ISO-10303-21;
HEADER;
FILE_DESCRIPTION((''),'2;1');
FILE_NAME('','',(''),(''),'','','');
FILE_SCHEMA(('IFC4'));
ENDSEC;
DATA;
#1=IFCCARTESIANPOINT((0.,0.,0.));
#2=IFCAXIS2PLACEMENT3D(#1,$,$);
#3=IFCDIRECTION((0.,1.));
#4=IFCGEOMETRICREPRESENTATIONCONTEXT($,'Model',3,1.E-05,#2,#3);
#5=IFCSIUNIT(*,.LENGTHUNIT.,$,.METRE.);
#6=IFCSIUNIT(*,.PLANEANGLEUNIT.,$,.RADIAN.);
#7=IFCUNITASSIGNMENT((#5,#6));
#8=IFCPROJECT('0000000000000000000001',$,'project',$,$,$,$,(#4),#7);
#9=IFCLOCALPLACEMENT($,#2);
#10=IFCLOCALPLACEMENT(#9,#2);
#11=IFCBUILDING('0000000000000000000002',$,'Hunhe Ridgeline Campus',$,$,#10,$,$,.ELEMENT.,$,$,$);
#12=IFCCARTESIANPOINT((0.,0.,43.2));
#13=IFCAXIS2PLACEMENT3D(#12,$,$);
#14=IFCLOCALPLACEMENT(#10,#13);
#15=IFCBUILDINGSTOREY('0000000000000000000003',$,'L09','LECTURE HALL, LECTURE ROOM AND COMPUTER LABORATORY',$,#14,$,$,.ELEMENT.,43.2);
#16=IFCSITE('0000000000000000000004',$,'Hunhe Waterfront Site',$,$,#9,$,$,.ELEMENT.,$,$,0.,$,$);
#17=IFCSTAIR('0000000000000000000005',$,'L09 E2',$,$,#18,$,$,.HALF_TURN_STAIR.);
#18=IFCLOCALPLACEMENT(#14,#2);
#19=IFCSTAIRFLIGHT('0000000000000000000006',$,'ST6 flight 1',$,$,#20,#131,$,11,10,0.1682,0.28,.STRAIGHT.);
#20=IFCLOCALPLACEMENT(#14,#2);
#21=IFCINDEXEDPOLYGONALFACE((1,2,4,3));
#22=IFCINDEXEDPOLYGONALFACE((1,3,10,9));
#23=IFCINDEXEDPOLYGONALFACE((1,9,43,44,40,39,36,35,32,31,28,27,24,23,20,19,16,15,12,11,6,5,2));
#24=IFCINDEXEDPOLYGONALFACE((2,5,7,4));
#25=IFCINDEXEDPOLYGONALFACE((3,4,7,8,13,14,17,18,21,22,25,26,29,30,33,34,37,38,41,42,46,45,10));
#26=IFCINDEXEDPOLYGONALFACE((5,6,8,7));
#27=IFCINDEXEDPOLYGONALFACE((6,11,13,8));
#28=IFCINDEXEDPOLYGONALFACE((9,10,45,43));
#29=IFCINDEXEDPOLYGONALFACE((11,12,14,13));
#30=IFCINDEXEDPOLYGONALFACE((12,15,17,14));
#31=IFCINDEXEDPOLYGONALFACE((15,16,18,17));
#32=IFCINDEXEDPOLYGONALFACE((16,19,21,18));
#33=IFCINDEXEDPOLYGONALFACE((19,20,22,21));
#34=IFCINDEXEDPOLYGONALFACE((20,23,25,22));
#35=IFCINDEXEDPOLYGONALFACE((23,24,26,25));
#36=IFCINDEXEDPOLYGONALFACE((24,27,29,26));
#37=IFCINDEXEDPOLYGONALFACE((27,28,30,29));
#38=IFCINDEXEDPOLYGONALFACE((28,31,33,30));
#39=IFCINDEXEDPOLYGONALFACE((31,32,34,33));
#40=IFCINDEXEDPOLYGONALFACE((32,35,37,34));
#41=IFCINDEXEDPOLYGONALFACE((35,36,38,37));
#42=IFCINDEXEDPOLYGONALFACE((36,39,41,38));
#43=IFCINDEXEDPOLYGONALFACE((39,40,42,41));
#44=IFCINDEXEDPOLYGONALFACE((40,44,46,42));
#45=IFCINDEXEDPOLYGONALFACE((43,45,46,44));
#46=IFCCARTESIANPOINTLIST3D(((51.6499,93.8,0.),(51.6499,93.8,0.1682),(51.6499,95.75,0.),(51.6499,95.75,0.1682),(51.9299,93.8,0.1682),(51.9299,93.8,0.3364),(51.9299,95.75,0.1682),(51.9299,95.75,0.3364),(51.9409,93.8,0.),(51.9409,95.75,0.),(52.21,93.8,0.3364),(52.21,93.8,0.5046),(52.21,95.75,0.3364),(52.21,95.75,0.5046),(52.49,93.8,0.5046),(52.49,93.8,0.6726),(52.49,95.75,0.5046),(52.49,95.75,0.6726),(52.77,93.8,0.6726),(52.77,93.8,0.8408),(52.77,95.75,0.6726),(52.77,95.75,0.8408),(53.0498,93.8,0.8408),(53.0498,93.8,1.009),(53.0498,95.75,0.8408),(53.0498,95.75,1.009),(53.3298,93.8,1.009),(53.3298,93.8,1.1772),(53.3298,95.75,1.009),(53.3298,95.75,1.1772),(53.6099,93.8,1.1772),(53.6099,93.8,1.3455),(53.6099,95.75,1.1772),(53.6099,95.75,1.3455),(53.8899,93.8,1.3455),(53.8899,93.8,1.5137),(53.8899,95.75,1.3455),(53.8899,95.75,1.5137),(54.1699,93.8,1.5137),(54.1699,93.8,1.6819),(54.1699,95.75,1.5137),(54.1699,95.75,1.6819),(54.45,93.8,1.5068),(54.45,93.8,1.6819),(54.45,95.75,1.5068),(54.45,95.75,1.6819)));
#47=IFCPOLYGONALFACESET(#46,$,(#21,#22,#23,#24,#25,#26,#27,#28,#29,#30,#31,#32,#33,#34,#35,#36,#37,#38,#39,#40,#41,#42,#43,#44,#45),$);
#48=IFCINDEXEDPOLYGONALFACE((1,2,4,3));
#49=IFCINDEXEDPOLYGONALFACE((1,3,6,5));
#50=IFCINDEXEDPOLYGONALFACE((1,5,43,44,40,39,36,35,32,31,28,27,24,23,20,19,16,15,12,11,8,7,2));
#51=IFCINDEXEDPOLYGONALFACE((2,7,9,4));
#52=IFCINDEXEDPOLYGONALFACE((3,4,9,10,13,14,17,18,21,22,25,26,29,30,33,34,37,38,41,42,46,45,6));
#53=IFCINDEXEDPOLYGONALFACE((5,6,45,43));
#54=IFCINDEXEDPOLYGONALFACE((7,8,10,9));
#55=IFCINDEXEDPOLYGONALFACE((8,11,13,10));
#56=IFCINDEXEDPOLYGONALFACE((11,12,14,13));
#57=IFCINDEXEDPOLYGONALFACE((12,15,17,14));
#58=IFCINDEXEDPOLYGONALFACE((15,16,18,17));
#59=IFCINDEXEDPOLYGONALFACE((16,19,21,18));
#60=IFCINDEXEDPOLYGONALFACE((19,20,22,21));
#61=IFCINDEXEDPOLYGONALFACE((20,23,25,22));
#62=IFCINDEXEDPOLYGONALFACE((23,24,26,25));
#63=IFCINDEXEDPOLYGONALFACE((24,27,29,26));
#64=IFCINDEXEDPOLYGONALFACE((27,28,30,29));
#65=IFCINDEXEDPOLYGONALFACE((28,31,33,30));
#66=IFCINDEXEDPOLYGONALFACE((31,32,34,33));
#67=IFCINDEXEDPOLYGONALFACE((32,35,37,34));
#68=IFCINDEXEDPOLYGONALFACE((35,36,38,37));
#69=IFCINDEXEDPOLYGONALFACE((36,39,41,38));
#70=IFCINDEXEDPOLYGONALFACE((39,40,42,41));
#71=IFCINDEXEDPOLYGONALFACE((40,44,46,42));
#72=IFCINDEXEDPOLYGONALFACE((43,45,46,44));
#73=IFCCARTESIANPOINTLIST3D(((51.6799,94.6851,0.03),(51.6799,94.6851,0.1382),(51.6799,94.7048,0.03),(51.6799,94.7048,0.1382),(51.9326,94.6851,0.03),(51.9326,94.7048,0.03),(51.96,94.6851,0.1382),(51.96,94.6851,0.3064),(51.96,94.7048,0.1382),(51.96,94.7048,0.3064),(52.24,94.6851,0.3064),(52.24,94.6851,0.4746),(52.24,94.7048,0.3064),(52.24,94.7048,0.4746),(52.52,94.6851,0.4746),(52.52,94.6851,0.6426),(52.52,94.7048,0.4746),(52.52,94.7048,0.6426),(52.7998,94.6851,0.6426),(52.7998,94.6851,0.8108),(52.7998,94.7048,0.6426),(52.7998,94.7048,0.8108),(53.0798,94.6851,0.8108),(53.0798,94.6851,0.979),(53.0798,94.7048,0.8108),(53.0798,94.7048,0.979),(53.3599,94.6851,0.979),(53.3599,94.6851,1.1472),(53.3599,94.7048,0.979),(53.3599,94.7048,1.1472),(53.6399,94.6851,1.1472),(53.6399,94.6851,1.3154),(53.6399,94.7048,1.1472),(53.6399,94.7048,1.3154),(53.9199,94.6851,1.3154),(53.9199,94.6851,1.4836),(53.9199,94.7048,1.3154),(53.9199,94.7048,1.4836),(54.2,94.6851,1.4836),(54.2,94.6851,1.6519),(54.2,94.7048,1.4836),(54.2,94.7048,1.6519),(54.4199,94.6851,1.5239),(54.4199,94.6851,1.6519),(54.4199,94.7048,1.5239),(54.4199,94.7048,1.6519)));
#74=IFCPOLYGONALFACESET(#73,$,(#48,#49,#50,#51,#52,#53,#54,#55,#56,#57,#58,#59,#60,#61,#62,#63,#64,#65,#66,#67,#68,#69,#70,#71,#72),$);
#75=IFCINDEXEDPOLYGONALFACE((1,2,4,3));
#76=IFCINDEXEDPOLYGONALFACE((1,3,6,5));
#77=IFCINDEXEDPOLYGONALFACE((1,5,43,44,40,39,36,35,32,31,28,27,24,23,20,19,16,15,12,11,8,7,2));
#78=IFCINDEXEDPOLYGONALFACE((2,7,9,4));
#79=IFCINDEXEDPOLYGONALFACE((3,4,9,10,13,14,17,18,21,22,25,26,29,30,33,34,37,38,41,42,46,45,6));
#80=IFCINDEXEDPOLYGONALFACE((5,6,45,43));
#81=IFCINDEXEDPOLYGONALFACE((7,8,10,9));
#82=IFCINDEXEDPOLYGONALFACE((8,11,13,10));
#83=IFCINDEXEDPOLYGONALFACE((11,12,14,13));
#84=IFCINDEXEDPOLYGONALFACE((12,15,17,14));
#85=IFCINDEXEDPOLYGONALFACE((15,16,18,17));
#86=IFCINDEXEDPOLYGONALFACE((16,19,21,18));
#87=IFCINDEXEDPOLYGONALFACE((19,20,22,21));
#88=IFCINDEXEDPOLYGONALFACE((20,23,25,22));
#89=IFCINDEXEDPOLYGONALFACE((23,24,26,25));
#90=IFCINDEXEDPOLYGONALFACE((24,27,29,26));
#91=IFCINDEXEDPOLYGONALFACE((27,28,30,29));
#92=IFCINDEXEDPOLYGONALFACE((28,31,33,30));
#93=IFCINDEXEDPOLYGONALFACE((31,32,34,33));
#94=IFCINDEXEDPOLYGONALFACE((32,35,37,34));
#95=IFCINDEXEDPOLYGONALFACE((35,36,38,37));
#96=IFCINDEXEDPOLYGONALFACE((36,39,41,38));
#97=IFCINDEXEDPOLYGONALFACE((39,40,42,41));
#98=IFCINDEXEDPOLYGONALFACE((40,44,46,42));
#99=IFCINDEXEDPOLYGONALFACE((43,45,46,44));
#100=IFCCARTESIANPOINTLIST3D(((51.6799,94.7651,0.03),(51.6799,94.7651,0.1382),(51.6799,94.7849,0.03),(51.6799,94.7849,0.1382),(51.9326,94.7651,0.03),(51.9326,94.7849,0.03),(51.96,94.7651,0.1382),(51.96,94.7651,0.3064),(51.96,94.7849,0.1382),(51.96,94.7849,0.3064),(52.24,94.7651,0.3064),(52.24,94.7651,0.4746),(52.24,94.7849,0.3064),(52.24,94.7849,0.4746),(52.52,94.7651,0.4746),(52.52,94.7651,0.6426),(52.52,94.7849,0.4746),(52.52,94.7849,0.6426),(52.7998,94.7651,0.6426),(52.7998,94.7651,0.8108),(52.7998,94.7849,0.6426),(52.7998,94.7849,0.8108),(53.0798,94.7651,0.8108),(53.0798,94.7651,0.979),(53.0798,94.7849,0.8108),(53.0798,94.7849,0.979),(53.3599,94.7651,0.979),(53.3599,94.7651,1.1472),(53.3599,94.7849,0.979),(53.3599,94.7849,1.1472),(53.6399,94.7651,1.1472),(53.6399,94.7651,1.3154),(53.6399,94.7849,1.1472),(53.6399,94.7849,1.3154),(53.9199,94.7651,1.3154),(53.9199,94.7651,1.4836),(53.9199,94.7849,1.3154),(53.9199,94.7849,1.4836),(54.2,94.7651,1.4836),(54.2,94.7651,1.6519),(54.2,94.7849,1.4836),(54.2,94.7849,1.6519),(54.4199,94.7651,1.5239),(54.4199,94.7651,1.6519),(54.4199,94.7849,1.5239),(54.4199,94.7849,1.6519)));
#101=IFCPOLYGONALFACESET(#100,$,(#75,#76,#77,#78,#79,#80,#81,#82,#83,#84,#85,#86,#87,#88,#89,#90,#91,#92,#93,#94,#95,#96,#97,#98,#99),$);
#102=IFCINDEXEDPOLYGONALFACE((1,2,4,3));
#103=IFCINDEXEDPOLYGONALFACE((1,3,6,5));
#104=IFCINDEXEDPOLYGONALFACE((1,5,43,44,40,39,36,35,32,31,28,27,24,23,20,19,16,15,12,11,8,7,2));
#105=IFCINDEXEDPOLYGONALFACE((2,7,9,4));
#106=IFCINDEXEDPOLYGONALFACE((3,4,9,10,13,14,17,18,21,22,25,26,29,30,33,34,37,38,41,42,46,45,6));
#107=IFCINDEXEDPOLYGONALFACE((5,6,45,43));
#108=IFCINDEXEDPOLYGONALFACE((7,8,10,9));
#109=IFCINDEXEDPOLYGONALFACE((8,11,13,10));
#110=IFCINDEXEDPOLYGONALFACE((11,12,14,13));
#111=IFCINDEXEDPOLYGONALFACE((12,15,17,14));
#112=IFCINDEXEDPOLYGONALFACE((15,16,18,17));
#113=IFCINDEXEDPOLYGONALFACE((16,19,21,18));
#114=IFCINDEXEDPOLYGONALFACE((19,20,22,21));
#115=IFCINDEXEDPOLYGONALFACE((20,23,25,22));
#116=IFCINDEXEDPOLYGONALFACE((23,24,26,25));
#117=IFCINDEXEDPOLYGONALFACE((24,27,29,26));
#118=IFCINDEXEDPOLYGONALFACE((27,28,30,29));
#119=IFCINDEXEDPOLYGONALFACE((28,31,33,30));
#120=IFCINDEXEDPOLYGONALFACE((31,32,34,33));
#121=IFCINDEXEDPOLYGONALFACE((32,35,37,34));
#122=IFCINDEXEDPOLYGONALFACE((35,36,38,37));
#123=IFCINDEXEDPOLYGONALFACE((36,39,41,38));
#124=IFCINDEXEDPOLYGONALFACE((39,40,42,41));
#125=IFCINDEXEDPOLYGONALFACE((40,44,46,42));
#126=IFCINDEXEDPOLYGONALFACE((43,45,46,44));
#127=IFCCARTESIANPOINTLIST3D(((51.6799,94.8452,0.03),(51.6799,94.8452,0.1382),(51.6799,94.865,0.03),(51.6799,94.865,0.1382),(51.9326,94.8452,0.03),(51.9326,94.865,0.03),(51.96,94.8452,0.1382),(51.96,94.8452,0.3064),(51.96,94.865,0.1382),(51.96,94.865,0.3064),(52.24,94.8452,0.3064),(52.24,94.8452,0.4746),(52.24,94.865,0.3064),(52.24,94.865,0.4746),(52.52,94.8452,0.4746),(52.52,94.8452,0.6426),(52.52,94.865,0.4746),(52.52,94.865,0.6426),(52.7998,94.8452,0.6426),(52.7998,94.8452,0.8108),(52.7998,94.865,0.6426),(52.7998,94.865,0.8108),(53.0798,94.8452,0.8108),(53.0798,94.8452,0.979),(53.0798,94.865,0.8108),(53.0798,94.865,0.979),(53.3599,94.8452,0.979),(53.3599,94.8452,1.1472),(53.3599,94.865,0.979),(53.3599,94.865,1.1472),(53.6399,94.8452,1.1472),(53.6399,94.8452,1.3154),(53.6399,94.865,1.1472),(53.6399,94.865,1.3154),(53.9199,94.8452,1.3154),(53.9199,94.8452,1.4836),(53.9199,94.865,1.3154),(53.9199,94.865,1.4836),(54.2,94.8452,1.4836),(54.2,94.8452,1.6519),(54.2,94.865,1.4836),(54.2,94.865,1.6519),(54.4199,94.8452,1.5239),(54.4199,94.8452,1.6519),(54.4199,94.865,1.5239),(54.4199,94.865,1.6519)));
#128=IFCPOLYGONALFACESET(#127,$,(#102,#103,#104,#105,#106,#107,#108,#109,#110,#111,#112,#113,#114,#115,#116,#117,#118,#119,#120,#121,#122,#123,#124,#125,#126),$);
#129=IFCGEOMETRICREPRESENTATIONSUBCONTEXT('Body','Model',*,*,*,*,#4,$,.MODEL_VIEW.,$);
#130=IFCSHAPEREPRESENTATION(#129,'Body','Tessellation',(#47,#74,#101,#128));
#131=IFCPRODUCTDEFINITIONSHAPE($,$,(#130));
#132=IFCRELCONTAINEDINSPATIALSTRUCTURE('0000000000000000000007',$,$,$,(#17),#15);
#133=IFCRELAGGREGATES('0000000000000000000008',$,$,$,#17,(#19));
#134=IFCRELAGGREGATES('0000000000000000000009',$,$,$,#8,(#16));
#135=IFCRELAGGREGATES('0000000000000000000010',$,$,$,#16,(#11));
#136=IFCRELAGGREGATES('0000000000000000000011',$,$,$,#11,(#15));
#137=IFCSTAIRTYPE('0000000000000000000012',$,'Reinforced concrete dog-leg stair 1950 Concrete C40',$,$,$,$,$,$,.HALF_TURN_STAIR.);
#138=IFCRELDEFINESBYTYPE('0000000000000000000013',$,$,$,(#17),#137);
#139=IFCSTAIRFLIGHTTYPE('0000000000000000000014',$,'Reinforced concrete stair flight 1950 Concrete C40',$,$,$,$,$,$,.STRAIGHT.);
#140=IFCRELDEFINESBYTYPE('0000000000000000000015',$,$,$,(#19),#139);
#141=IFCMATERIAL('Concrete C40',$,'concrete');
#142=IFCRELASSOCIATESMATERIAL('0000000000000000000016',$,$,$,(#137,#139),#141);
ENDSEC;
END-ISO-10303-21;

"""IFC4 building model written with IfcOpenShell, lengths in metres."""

from ifc_helpers import new_model, si_unit, direction, frame, origin, place, context, subcontext, project, spatial, polyline, outline, extrude, material, type_object, element, aggregate, save


model = new_model("IFC4")

# Units and contexts
model_context = context("Model", 3, precision=1e-05, world=origin(), true_north=direction((0.0, 1.0)))
body_context = subcontext(model_context, "Body", "Model", "MODEL_VIEW")
ifc_project = project(units=[si_unit("LENGTHUNIT", "METRE"), si_unit("PLANEANGLEUNIT", "RADIAN")], contexts=[model_context])

# Site, building, storey
site_placement = place(None, origin())
site = spatial("IfcSite", under=ifc_project, at=site_placement, Name="Hunhe Waterfront Site", CompositionType="ELEMENT", RefElevation=0.0)
building_placement = place(site_placement, origin())
building = spatial("IfcBuilding", under=site, at=building_placement, Name="Hunhe Ridgeline Campus", CompositionType="ELEMENT")
storey_placement = place(building_placement, frame((0.0, 0.0, 43.2)))
storey = spatial("IfcBuildingStorey", under=building, at=storey_placement, Name="L09", Description="LECTURE HALL, LECTURE ROOM AND COMPUTER LABORATORY", CompositionType="ELEMENT", Elevation=43.2)

# Stair, stair flight
ifc_material_1 = material(Name="Concrete C40", Category="concrete")
stair_type = type_object("IfcStairType", Name="Reinforced concrete dog-leg stair 1950 Concrete C40", PredefinedType="HALF_TURN_STAIR", material=ifc_material_1)
stair_flight_type = type_object("IfcStairFlightType", Name="Reinforced concrete stair flight 1950 Concrete C40", PredefinedType="STRAIGHT", material=ifc_material_1)
stair_1_placement = place(storey_placement, origin())
stair_1 = element("IfcStair", 1, at=stair_1_placement, inside=storey, type_object=stair_type, Name="L09 E2", PredefinedType="HALF_TURN_STAIR")
stair_flight_1_placement = place(storey_placement, frame((51.6499, 94.7749, 0.0), z_axis=(0.0, 0.0, 1.0), x_axis=(1.0, 0.0, 0.0)))
stair_flight_1 = element("IfcStairFlight", 2, at=stair_flight_1_placement, type_object=stair_flight_type, Name="ST6 flight 1", NumberOfRisers=11, NumberOfTreads=10, PredefinedType="STRAIGHT", RiserHeight=0.1682, TreadLength=0.28, context=body_context, shape_type="SweptSolid", body=[
    extrude(outline(polyline([(0.0, 0.0), (0.0, 0.1682), (0.28, 0.1682), (0.28, 0.3364), (0.5601, 0.3364), (0.5601, 0.5046), (0.8401, 0.5046), (0.8401, 0.6726), (1.1201, 0.6726), (1.1201, 0.8408), (1.3999, 0.8408), (1.3999, 1.009), (1.6799, 1.009), (1.6799, 1.1772), (1.96, 1.1772), (1.96, 1.3455), (2.24, 1.3455), (2.24, 1.5137), (2.52, 1.5137), (2.52, 1.6819), (2.8, 1.6819), (2.8, 1.8501), (2.8, 1.5068), (0.291, 0.0), (0.0, 0.0)])), frame((0.0, 0.9751, 0.0), z_axis=(0.0, -1.0, 0.0), x_axis=(1.0, 0.0, 0.0)), (0.0, 0.0, 1.0), 1.95),
    extrude(outline(polyline([(0.03, 0.03), (0.03, 0.1382), (0.3101, 0.1382), (0.3101, 0.3064), (0.5901, 0.3064), (0.5901, 0.4746), (0.8701, 0.4746), (0.8701, 0.6426), (1.1499, 0.6426), (1.1499, 0.8108), (1.4299, 0.8108), (1.4299, 0.979), (1.71, 0.979), (1.71, 1.1472), (1.99, 1.1472), (1.99, 1.3154), (2.27, 1.3154), (2.27, 1.4836), (2.55, 1.4836), (2.55, 1.6519), (2.77, 1.6519), (2.77, 1.5239), (0.2827, 0.03), (0.03, 0.03)])), frame((0.0, -0.0701, 0.0), z_axis=(0.0, -1.0, 0.0), x_axis=(1.0, 0.0, 0.0)), (0.0, 0.0, 1.0), 0.0198),
    extrude(outline(polyline([(0.03, 0.03), (0.03, 0.1382), (0.3101, 0.1382), (0.3101, 0.3064), (0.5901, 0.3064), (0.5901, 0.4746), (0.8701, 0.4746), (0.8701, 0.6426), (1.1499, 0.6426), (1.1499, 0.8108), (1.4299, 0.8108), (1.4299, 0.979), (1.71, 0.979), (1.71, 1.1472), (1.99, 1.1472), (1.99, 1.3154), (2.27, 1.3154), (2.27, 1.4836), (2.55, 1.4836), (2.55, 1.6519), (2.77, 1.6519), (2.77, 1.5239), (0.2827, 0.03), (0.03, 0.03)])), frame((0.0, 0.01, 0.0), z_axis=(0.0, -1.0, 0.0), x_axis=(1.0, 0.0, 0.0)), (0.0, 0.0, 1.0), 0.0198),
    extrude(outline(polyline([(0.03, 0.03), (0.03, 0.1382), (0.3101, 0.1382), (0.3101, 0.3064), (0.5901, 0.3064), (0.5901, 0.4746), (0.8701, 0.4746), (0.8701, 0.6426), (1.1499, 0.6426), (1.1499, 0.8108), (1.4299, 0.8108), (1.4299, 0.979), (1.71, 0.979), (1.71, 1.1472), (1.99, 1.1472), (1.99, 1.3154), (2.27, 1.3154), (2.27, 1.4836), (2.55, 1.4836), (2.55, 1.6519), (2.77, 1.6519), (2.77, 1.5239), (0.2827, 0.03), (0.03, 0.03)])), frame((0.0, 0.0901, 0.0), z_axis=(0.0, -1.0, 0.0), x_axis=(1.0, 0.0, 0.0)), (0.0, 0.0, 1.0), 0.0198),
])
aggregate(stair_1, [stair_flight_1])

save(model, "model.ifc")
